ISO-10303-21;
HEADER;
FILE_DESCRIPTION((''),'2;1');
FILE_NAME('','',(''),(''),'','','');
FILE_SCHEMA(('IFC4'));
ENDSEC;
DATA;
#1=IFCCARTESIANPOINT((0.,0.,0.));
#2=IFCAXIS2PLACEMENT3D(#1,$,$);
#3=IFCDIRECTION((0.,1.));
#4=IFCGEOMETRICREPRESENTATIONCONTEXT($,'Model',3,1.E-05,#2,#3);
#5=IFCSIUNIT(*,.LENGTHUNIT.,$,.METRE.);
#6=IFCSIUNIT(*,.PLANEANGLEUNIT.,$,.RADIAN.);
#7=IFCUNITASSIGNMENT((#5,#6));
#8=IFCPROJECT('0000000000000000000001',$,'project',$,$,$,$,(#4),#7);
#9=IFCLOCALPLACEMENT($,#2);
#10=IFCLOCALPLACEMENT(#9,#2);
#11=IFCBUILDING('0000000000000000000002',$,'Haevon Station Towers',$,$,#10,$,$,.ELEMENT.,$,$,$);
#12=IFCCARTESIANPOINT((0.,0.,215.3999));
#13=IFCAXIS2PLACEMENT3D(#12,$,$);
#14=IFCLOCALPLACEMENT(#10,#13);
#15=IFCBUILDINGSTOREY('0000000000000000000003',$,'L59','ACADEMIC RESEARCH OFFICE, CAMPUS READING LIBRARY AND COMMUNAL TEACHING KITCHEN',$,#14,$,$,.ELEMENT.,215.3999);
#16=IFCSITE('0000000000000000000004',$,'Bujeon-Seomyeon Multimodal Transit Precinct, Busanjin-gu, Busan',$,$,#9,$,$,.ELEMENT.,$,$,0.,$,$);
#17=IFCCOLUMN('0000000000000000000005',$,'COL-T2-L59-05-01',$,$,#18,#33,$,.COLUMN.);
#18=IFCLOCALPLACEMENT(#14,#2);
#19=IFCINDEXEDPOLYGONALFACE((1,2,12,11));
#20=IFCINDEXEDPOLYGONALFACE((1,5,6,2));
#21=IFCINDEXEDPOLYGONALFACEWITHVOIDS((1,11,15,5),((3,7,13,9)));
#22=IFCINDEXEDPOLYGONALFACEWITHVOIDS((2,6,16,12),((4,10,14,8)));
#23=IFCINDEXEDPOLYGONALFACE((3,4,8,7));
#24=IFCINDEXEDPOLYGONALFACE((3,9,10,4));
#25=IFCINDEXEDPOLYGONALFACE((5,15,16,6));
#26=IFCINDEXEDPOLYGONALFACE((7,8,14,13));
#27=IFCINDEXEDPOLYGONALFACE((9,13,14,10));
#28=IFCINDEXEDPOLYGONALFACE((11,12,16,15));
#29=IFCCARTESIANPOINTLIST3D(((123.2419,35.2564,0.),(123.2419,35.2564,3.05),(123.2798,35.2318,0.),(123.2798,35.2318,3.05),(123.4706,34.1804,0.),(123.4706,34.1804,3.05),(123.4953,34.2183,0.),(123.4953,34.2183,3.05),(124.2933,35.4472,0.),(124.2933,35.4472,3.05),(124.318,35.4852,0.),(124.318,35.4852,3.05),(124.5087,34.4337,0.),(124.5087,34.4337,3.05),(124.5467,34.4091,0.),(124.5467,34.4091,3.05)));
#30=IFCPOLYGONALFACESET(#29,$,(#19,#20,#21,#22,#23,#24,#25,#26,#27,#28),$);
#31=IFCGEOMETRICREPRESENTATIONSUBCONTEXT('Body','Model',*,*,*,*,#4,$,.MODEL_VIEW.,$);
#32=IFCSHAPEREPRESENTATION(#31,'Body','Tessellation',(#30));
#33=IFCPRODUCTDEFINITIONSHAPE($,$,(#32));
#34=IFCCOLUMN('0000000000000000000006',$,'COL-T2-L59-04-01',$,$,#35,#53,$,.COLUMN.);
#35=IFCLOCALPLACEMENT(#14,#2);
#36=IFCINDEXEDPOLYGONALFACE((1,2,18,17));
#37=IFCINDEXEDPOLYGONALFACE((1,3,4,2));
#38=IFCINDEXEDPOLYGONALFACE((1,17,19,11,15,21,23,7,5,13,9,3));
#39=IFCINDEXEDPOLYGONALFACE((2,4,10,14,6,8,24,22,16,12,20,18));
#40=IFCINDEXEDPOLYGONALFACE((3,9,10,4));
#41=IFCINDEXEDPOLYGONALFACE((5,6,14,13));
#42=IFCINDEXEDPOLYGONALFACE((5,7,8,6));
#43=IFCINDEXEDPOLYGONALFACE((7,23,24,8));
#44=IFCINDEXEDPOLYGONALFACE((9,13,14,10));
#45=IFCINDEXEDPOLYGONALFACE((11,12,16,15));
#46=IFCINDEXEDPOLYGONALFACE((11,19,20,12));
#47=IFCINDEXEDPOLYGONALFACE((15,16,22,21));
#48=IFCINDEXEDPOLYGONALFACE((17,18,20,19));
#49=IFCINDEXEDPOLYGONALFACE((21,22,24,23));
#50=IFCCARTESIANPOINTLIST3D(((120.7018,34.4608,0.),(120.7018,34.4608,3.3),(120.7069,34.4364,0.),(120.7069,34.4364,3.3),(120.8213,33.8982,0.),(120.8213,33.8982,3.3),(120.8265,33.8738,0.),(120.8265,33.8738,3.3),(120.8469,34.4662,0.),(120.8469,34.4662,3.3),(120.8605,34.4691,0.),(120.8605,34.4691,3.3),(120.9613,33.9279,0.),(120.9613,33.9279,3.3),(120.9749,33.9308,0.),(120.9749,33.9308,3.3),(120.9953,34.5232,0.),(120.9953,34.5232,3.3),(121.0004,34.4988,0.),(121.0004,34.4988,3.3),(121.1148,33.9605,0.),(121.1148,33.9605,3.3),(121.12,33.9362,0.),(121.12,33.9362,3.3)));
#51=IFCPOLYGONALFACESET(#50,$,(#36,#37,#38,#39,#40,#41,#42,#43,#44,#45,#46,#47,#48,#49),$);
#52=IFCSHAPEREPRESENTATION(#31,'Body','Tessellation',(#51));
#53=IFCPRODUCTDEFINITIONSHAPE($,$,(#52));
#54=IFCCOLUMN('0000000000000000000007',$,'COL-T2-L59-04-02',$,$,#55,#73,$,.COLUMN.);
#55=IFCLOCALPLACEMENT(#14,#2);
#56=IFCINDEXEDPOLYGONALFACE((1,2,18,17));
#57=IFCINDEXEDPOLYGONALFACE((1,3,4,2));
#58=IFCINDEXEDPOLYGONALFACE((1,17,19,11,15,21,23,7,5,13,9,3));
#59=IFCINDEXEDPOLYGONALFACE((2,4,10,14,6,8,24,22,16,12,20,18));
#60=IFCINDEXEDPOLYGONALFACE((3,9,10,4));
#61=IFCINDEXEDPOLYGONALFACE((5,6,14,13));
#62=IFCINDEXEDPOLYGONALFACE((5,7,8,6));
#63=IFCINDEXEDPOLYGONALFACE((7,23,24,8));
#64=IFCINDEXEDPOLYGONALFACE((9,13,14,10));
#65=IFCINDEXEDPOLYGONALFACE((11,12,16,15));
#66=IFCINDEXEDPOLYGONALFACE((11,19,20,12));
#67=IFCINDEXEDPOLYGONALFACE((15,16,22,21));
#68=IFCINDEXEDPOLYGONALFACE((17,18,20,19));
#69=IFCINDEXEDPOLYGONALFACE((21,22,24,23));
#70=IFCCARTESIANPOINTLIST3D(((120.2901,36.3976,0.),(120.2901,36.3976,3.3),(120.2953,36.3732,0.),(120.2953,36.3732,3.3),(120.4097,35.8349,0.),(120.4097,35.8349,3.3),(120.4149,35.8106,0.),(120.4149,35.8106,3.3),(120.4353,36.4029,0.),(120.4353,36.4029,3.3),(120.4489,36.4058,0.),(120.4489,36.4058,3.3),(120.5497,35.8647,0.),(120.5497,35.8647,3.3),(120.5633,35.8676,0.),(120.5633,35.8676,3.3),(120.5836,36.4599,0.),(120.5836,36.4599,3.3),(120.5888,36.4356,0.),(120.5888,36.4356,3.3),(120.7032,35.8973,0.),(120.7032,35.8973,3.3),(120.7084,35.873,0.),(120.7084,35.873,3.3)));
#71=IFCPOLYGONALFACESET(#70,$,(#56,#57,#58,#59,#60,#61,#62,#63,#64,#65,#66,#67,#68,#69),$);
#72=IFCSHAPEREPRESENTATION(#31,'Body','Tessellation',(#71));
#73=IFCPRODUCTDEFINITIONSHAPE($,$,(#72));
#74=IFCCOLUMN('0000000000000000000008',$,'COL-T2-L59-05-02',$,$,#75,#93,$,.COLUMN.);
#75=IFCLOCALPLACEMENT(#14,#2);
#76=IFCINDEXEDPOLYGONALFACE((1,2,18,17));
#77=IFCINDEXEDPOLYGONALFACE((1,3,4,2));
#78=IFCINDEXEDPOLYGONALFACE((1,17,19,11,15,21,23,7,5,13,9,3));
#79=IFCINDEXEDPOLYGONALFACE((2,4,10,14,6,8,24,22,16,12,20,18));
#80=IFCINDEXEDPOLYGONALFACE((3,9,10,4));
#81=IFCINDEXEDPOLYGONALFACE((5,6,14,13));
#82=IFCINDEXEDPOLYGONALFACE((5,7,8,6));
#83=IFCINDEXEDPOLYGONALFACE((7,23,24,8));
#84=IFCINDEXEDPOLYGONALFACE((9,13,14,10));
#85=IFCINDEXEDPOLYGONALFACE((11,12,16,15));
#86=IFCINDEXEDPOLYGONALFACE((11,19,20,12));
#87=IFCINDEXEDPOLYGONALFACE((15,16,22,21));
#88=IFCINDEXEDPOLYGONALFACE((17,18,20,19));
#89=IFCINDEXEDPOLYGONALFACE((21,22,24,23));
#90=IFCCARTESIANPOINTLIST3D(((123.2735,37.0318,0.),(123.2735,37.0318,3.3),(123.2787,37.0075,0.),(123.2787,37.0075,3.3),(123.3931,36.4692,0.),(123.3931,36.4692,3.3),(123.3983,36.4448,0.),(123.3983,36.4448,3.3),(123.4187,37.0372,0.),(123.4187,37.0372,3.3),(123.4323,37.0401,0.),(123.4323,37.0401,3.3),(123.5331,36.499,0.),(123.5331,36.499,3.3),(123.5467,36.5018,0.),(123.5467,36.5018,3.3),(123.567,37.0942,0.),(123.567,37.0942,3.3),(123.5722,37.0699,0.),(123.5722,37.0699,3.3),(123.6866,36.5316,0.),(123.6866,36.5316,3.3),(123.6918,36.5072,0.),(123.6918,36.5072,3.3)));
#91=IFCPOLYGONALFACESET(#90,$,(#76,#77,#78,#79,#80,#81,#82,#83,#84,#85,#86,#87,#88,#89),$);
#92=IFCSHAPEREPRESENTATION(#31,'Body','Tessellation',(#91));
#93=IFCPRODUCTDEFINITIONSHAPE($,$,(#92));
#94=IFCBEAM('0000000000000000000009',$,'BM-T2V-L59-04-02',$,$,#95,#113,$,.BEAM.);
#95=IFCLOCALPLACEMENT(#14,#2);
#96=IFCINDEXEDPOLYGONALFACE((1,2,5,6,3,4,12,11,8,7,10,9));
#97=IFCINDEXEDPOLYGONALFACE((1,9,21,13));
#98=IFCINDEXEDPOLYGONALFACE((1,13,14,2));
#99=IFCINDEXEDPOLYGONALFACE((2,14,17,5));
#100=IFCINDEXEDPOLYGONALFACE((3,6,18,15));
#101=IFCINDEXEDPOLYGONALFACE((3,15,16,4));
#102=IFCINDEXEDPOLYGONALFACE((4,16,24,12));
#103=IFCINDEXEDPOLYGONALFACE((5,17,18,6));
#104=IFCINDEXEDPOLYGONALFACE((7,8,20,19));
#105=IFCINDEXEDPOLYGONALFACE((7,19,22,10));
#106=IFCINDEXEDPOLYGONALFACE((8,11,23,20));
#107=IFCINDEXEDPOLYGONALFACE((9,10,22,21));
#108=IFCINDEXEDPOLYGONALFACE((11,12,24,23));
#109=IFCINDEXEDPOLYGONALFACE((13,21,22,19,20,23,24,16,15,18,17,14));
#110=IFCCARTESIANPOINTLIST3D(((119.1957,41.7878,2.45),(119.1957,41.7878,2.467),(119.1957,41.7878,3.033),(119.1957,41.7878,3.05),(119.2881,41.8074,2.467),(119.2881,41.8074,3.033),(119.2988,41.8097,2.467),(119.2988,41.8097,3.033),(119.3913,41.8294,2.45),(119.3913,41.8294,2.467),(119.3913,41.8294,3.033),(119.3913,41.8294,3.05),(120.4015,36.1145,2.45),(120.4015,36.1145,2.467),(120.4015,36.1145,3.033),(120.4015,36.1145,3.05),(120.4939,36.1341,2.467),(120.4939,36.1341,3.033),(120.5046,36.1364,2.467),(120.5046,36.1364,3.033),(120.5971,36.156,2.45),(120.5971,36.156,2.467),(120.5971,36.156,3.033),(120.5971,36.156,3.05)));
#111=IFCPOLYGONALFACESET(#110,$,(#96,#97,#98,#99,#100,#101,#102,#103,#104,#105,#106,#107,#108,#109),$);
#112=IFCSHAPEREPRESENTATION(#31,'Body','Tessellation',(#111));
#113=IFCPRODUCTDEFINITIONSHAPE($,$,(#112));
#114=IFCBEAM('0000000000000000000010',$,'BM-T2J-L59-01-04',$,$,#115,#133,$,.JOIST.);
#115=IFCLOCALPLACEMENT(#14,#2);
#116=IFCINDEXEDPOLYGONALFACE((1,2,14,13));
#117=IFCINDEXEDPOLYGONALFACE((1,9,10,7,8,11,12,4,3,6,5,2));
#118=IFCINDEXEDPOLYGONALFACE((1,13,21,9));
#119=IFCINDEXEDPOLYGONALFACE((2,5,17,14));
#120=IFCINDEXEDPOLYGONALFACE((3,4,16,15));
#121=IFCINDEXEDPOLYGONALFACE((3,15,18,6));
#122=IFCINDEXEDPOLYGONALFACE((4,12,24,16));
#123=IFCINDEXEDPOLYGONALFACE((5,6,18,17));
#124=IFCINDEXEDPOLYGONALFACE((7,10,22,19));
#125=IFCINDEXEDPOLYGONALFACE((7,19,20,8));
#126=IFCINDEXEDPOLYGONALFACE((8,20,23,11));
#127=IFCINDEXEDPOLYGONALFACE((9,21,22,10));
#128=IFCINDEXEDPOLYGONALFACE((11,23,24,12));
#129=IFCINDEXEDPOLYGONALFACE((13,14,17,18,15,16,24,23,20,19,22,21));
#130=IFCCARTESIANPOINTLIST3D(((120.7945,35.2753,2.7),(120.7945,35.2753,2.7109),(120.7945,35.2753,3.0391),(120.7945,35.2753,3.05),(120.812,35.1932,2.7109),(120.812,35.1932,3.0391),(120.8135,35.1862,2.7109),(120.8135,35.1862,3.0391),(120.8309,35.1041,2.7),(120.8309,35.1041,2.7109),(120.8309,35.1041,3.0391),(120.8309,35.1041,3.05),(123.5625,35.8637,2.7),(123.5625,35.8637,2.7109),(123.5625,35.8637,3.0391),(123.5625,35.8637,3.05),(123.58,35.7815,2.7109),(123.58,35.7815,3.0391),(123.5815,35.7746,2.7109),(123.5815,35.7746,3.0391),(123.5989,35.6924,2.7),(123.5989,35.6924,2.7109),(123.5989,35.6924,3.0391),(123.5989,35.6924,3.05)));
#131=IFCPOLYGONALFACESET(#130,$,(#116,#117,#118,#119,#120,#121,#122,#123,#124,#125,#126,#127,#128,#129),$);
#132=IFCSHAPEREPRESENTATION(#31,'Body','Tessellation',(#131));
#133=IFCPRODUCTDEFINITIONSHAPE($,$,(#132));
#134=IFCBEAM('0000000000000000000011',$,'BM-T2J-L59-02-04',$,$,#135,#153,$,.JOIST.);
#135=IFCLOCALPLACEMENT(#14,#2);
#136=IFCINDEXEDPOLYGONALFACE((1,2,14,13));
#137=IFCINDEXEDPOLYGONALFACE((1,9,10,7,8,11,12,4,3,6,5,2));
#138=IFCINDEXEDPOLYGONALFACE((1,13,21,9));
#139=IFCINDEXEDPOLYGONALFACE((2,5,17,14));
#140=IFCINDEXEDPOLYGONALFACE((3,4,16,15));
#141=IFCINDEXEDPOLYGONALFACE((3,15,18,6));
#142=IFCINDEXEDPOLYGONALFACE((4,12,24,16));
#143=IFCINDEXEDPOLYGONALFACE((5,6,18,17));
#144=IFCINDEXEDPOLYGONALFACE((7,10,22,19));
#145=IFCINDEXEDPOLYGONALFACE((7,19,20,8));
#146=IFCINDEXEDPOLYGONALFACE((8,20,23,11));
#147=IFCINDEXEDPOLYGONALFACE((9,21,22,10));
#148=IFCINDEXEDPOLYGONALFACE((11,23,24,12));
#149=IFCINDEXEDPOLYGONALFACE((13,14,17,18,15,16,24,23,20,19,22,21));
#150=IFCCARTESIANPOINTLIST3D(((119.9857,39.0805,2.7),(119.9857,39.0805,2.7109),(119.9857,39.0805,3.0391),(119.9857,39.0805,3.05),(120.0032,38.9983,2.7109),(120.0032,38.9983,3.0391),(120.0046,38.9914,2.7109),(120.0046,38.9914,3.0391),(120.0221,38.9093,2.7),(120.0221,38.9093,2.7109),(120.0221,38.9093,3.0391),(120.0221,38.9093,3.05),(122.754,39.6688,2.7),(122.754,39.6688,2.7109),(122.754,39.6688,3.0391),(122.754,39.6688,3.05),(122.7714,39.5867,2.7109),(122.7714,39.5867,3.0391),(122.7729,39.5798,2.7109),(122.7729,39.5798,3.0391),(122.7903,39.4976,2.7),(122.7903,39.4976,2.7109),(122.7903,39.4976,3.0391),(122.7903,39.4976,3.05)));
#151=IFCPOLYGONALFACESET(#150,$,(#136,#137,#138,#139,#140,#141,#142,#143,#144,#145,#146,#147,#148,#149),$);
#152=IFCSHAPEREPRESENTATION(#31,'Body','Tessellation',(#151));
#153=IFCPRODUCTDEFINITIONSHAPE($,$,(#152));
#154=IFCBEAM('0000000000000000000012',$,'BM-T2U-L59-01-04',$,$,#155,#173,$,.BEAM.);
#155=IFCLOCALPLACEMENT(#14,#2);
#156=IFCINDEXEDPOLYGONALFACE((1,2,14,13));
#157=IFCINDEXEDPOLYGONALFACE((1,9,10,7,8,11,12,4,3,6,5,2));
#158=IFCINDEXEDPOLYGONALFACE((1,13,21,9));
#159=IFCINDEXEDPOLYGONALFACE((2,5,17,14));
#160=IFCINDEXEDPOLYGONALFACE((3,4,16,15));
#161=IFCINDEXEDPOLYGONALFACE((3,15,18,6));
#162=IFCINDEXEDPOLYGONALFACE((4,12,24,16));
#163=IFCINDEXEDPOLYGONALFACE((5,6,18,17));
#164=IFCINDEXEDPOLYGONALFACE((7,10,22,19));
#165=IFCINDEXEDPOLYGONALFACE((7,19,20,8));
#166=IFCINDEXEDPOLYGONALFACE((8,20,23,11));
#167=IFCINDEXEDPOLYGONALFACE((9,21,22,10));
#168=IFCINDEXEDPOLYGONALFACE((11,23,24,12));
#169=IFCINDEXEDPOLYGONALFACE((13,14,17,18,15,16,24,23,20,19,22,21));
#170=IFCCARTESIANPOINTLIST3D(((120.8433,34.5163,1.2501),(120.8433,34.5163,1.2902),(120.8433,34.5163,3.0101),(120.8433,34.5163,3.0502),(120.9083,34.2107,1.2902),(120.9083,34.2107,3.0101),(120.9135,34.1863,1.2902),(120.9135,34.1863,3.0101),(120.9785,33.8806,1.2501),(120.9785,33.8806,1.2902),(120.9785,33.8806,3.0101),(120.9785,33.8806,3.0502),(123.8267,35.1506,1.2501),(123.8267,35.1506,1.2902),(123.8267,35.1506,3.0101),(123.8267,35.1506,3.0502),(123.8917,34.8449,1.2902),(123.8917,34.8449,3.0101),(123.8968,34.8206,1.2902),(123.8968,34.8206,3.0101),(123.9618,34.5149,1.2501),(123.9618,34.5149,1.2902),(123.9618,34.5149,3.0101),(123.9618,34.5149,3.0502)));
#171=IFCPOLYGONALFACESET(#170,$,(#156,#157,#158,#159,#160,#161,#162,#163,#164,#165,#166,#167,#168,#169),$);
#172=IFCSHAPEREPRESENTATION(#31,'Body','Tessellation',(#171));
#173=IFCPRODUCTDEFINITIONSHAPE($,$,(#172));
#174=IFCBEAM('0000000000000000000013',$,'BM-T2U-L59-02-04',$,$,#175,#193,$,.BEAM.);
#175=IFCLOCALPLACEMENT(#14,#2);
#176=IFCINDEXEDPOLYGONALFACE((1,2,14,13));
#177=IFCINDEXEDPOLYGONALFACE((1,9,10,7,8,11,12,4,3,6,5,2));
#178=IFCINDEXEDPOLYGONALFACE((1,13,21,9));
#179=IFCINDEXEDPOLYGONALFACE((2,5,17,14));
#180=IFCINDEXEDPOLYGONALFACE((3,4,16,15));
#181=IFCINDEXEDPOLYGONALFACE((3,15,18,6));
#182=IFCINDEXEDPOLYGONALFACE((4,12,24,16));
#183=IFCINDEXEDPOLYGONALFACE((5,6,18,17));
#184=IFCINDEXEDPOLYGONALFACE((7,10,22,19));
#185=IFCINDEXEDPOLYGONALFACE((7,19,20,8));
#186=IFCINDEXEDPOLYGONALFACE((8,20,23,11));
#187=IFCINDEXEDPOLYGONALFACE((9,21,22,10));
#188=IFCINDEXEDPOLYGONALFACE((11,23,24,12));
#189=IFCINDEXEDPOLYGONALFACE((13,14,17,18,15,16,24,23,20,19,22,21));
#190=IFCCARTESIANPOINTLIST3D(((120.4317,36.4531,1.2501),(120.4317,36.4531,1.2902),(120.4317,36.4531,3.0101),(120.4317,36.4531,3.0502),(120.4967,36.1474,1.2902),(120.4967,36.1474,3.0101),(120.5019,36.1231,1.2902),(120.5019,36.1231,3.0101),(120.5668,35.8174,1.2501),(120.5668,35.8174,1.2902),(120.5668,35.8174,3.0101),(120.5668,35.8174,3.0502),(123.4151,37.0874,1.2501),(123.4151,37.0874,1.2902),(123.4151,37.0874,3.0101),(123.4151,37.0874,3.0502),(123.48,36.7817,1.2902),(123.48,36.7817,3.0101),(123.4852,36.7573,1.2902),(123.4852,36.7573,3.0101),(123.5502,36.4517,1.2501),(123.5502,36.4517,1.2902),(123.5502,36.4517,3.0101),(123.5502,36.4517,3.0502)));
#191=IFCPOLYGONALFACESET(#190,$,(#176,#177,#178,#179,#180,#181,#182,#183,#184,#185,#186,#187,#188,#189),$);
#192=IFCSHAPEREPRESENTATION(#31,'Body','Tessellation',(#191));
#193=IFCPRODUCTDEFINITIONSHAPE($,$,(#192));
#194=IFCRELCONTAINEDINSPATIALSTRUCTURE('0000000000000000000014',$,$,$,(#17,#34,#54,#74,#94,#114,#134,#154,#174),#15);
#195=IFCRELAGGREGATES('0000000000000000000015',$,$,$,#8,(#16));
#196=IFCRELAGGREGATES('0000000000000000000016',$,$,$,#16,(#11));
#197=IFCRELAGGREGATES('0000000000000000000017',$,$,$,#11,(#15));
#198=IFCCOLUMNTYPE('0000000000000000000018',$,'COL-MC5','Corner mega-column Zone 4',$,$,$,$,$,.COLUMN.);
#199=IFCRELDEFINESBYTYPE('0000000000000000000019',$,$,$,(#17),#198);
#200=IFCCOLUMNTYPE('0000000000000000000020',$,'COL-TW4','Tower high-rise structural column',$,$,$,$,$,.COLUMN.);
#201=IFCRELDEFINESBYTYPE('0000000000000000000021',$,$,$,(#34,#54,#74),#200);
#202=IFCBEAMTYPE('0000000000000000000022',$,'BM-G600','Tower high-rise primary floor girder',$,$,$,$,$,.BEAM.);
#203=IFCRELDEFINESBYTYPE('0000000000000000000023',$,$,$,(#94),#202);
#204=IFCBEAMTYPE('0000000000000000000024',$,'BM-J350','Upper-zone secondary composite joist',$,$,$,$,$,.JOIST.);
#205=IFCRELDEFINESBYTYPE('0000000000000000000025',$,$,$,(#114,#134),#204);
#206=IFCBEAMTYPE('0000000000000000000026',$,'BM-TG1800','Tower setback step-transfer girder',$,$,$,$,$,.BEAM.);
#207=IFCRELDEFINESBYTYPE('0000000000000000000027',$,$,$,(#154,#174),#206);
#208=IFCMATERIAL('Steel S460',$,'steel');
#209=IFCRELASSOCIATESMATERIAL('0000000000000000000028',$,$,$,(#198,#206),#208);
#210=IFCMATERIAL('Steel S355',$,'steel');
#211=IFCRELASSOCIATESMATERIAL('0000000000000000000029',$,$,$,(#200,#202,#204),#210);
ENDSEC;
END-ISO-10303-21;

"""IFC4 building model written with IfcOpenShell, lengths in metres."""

from ifc_helpers import new_model, si_unit, direction, frame, origin, origin_2d, place, context, subcontext, project, spatial, hollow_rectangle, i_section, extrude, material, material_profile, profile_set, type_object, element, save


model = new_model("IFC4")

# Units and contexts
model_context = context("Model", 3, precision=1e-05, world=origin(), true_north=direction((0.0, 1.0)))
body_context = subcontext(model_context, "Body", "Model", "MODEL_VIEW")
ifc_project = project(units=[si_unit("LENGTHUNIT", "METRE"), si_unit("PLANEANGLEUNIT", "RADIAN")], contexts=[model_context])

# Site, building, storey
site_placement = place(None, origin())
site = spatial("IfcSite", under=ifc_project, at=site_placement, Name="Bujeon-Seomyeon Multimodal Transit Precinct, Busanjin-gu, Busan", CompositionType="ELEMENT", RefElevation=0.0)
building_placement = place(site_placement, origin())
building = spatial("IfcBuilding", under=site, at=building_placement, Name="Haevon Station Towers", CompositionType="ELEMENT")
storey_placement = place(building_placement, frame((0.0, 0.0, 215.3999)))
storey = spatial("IfcBuildingStorey", under=building, at=storey_placement, Name="L59", Description="ACADEMIC RESEARCH OFFICE, CAMPUS READING LIBRARY AND COMMUNAL TEACHING KITCHEN", CompositionType="ELEMENT", Elevation=215.3999)

# Columns
ifc_material_1 = material(Name="Steel S460", Category="steel")
ifc_material_profile_1 = material_profile(ifc_material_1, hollow_rectangle(XDim=1.1001, YDim=1.1001, WallThickness=0.032, at=origin_2d()), Name="BOX-1100x1100x32")
ifc_profile_set_1 = profile_set([ifc_material_profile_1], Name="Steel S460")
column_type_1 = type_object("IfcColumnType", Name="COL-MC5", Description="Corner mega-column Zone 4", PredefinedType="COLUMN", material=ifc_profile_set_1)
column_placement = place(storey_placement, frame((123.8943, 34.8328, 0.0), z_axis=(0.0, 0.0, 1.0), x_axis=(0.978148, 0.207912, 0.0)))
element("IfcColumn", 1, at=column_placement, inside=storey, type_object=column_type_1, Name="COL-T2-L59-05-01", PredefinedType="COLUMN", context=body_context, shape_type="SweptSolid", body=[
    extrude(hollow_rectangle(XDim=1.1001, YDim=1.1001, WallThickness=0.032, at=origin_2d()), origin(), (0.0, 0.0, 1.0), 3.05),
])
ifc_material_2 = material(Name="Steel S355", Category="steel")
ifc_material_profile_2 = material_profile(ifc_material_2, i_section(OverallWidth=0.3, OverallDepth=0.6001, WebThickness=0.0139, FlangeThickness=0.0249, at=origin_2d()), Name="H-600x300x14x25")
ifc_profile_set_2 = profile_set([ifc_material_profile_2], Name="Steel S355")
column_type_2 = type_object("IfcColumnType", Name="COL-TW4", Description="Tower high-rise structural column", PredefinedType="COLUMN", material=ifc_profile_set_2)
for number, where, z_axis, x_axis, name in (
    (2, (120.9109, 34.1985, 0.0), (0.0, 0.0, 1.0), (0.978148, 0.207912, 0.0), "COL-T2-L59-04-01"),
    (3, (120.4993, 36.1353, 0.0), (0.0, 0.0, 1.0), (0.978148, 0.207912, 0.0), "COL-T2-L59-04-02"),
    (4, (123.4827, 36.7695, 0.0), (0.0, 0.0, 1.0), (0.978148, 0.207912, 0.0), "COL-T2-L59-05-02"),
):
    element("IfcColumn", number, at=place(storey_placement, frame(where, z_axis=z_axis, x_axis=x_axis)), inside=storey, type_object=column_type_2, Name=name, PredefinedType="COLUMN", context=body_context, shape_type="SweptSolid", body=[
        extrude(i_section(OverallWidth=0.3, OverallDepth=0.6001, WebThickness=0.0139, FlangeThickness=0.0249, at=origin_2d()), origin(), (0.0, 0.0, 1.0), 3.3),
    ])

# Beams
ifc_material_profile_3 = material_profile(ifc_material_2, i_section(OverallWidth=0.2, OverallDepth=0.6001, WebThickness=0.011, FlangeThickness=0.0171, at=origin_2d()), Name="H-600x200x11x17")
ifc_profile_set_3 = profile_set([ifc_material_profile_3], Name="Steel S355")
beam_type_1 = type_object("IfcBeamType", Name="BM-G600", Description="Tower high-rise primary floor girder", PredefinedType="BEAM", material=ifc_profile_set_3)
beam_1_placement = place(storey_placement, frame((120.4993, 36.1353, 2.75), z_axis=(-0.207896, 0.978151, 0.0), x_axis=(-0.978151, -0.207896, 0.0)))
element("IfcBeam", 5, at=beam_1_placement, inside=storey, type_object=beam_type_1, Name="BM-T2V-L59-04-02", PredefinedType="BEAM", context=body_context, shape_type="SweptSolid", body=[
    extrude(i_section(OverallWidth=0.2, OverallDepth=0.6001, WebThickness=0.011, FlangeThickness=0.0171, at=origin_2d()), origin(), (0.0, 0.0, 1.0), 5.8),
])
ifc_material_profile_4 = material_profile(ifc_material_2, i_section(OverallWidth=0.175, OverallDepth=0.3501, WebThickness=0.0071, FlangeThickness=0.011, at=origin_2d()), Name="H-350x175x7x11")
ifc_profile_set_4 = profile_set([ifc_material_profile_4], Name="Steel S355")
beam_type_2 = type_object("IfcBeamType", Name="BM-J350", Description="Upper-zone secondary composite joist", PredefinedType="JOIST", material=ifc_profile_set_4)
beam_2_placement = place(storey_placement, frame((120.8127, 35.1897, 2.875), z_axis=(0.978147, 0.207914, 0.0), x_axis=(-0.207914, 0.978147, 0.0)))
element("IfcBeam", 6, at=beam_2_placement, inside=storey, type_object=beam_type_2, Name="BM-T2J-L59-01-04", PredefinedType="JOIST", context=body_context, shape_type="SweptSolid", body=[
    extrude(i_section(OverallWidth=0.175, OverallDepth=0.3501, WebThickness=0.0071, FlangeThickness=0.011, at=origin_2d()), origin(), (0.0, 0.0, 1.0), 2.8298),
])
beam_3_placement = place(storey_placement, frame((120.0039, 38.9949, 2.875), z_axis=(0.978151, 0.207897, 0.0), x_axis=(-0.207897, 0.978151, 0.0)))
element("IfcBeam", 7, at=beam_3_placement, inside=storey, type_object=beam_type_2, Name="BM-T2J-L59-02-04", PredefinedType="JOIST", context=body_context, shape_type="SweptSolid", body=[
    extrude(i_section(OverallWidth=0.175, OverallDepth=0.3501, WebThickness=0.0071, FlangeThickness=0.011, at=origin_2d()), origin(), (0.0, 0.0, 1.0), 2.8301),
])
ifc_material_profile_5 = material_profile(ifc_material_1, i_section(OverallWidth=0.6499, OverallDepth=1.8, WebThickness=0.0249, FlangeThickness=0.04, at=origin_2d()), Name="H-1800x650x25x40")
ifc_profile_set_5 = profile_set([ifc_material_profile_5], Name="Steel S460")
beam_type_3 = type_object("IfcBeamType", Name="BM-TG1800", Description="Tower setback step-transfer girder", PredefinedType="BEAM", material=ifc_profile_set_5)
for number, where, z_axis, x_axis, name in (
    (8, (120.9109, 34.1985, 2.1501), (0.978139, 0.207954, 0.0), (-0.207954, 0.978139, 0.0), "BM-T2U-L59-01-04"),
    (9, (120.4993, 36.1353, 2.1501), (0.978139, 0.207954, 0.0), (-0.207954, 0.978139, 0.0), "BM-T2U-L59-02-04"),
):
    element("IfcBeam", number, at=place(storey_placement, frame(where, z_axis=z_axis, x_axis=x_axis)), inside=storey, type_object=beam_type_3, Name=name, PredefinedType="BEAM", context=body_context, shape_type="SweptSolid", body=[
        extrude(i_section(OverallWidth=0.6499, OverallDepth=1.8, WebThickness=0.0249, FlangeThickness=0.04, at=origin_2d()), origin(), (0.0, 0.0, 1.0), 3.05),
    ])

save(model, "model.ifc")
